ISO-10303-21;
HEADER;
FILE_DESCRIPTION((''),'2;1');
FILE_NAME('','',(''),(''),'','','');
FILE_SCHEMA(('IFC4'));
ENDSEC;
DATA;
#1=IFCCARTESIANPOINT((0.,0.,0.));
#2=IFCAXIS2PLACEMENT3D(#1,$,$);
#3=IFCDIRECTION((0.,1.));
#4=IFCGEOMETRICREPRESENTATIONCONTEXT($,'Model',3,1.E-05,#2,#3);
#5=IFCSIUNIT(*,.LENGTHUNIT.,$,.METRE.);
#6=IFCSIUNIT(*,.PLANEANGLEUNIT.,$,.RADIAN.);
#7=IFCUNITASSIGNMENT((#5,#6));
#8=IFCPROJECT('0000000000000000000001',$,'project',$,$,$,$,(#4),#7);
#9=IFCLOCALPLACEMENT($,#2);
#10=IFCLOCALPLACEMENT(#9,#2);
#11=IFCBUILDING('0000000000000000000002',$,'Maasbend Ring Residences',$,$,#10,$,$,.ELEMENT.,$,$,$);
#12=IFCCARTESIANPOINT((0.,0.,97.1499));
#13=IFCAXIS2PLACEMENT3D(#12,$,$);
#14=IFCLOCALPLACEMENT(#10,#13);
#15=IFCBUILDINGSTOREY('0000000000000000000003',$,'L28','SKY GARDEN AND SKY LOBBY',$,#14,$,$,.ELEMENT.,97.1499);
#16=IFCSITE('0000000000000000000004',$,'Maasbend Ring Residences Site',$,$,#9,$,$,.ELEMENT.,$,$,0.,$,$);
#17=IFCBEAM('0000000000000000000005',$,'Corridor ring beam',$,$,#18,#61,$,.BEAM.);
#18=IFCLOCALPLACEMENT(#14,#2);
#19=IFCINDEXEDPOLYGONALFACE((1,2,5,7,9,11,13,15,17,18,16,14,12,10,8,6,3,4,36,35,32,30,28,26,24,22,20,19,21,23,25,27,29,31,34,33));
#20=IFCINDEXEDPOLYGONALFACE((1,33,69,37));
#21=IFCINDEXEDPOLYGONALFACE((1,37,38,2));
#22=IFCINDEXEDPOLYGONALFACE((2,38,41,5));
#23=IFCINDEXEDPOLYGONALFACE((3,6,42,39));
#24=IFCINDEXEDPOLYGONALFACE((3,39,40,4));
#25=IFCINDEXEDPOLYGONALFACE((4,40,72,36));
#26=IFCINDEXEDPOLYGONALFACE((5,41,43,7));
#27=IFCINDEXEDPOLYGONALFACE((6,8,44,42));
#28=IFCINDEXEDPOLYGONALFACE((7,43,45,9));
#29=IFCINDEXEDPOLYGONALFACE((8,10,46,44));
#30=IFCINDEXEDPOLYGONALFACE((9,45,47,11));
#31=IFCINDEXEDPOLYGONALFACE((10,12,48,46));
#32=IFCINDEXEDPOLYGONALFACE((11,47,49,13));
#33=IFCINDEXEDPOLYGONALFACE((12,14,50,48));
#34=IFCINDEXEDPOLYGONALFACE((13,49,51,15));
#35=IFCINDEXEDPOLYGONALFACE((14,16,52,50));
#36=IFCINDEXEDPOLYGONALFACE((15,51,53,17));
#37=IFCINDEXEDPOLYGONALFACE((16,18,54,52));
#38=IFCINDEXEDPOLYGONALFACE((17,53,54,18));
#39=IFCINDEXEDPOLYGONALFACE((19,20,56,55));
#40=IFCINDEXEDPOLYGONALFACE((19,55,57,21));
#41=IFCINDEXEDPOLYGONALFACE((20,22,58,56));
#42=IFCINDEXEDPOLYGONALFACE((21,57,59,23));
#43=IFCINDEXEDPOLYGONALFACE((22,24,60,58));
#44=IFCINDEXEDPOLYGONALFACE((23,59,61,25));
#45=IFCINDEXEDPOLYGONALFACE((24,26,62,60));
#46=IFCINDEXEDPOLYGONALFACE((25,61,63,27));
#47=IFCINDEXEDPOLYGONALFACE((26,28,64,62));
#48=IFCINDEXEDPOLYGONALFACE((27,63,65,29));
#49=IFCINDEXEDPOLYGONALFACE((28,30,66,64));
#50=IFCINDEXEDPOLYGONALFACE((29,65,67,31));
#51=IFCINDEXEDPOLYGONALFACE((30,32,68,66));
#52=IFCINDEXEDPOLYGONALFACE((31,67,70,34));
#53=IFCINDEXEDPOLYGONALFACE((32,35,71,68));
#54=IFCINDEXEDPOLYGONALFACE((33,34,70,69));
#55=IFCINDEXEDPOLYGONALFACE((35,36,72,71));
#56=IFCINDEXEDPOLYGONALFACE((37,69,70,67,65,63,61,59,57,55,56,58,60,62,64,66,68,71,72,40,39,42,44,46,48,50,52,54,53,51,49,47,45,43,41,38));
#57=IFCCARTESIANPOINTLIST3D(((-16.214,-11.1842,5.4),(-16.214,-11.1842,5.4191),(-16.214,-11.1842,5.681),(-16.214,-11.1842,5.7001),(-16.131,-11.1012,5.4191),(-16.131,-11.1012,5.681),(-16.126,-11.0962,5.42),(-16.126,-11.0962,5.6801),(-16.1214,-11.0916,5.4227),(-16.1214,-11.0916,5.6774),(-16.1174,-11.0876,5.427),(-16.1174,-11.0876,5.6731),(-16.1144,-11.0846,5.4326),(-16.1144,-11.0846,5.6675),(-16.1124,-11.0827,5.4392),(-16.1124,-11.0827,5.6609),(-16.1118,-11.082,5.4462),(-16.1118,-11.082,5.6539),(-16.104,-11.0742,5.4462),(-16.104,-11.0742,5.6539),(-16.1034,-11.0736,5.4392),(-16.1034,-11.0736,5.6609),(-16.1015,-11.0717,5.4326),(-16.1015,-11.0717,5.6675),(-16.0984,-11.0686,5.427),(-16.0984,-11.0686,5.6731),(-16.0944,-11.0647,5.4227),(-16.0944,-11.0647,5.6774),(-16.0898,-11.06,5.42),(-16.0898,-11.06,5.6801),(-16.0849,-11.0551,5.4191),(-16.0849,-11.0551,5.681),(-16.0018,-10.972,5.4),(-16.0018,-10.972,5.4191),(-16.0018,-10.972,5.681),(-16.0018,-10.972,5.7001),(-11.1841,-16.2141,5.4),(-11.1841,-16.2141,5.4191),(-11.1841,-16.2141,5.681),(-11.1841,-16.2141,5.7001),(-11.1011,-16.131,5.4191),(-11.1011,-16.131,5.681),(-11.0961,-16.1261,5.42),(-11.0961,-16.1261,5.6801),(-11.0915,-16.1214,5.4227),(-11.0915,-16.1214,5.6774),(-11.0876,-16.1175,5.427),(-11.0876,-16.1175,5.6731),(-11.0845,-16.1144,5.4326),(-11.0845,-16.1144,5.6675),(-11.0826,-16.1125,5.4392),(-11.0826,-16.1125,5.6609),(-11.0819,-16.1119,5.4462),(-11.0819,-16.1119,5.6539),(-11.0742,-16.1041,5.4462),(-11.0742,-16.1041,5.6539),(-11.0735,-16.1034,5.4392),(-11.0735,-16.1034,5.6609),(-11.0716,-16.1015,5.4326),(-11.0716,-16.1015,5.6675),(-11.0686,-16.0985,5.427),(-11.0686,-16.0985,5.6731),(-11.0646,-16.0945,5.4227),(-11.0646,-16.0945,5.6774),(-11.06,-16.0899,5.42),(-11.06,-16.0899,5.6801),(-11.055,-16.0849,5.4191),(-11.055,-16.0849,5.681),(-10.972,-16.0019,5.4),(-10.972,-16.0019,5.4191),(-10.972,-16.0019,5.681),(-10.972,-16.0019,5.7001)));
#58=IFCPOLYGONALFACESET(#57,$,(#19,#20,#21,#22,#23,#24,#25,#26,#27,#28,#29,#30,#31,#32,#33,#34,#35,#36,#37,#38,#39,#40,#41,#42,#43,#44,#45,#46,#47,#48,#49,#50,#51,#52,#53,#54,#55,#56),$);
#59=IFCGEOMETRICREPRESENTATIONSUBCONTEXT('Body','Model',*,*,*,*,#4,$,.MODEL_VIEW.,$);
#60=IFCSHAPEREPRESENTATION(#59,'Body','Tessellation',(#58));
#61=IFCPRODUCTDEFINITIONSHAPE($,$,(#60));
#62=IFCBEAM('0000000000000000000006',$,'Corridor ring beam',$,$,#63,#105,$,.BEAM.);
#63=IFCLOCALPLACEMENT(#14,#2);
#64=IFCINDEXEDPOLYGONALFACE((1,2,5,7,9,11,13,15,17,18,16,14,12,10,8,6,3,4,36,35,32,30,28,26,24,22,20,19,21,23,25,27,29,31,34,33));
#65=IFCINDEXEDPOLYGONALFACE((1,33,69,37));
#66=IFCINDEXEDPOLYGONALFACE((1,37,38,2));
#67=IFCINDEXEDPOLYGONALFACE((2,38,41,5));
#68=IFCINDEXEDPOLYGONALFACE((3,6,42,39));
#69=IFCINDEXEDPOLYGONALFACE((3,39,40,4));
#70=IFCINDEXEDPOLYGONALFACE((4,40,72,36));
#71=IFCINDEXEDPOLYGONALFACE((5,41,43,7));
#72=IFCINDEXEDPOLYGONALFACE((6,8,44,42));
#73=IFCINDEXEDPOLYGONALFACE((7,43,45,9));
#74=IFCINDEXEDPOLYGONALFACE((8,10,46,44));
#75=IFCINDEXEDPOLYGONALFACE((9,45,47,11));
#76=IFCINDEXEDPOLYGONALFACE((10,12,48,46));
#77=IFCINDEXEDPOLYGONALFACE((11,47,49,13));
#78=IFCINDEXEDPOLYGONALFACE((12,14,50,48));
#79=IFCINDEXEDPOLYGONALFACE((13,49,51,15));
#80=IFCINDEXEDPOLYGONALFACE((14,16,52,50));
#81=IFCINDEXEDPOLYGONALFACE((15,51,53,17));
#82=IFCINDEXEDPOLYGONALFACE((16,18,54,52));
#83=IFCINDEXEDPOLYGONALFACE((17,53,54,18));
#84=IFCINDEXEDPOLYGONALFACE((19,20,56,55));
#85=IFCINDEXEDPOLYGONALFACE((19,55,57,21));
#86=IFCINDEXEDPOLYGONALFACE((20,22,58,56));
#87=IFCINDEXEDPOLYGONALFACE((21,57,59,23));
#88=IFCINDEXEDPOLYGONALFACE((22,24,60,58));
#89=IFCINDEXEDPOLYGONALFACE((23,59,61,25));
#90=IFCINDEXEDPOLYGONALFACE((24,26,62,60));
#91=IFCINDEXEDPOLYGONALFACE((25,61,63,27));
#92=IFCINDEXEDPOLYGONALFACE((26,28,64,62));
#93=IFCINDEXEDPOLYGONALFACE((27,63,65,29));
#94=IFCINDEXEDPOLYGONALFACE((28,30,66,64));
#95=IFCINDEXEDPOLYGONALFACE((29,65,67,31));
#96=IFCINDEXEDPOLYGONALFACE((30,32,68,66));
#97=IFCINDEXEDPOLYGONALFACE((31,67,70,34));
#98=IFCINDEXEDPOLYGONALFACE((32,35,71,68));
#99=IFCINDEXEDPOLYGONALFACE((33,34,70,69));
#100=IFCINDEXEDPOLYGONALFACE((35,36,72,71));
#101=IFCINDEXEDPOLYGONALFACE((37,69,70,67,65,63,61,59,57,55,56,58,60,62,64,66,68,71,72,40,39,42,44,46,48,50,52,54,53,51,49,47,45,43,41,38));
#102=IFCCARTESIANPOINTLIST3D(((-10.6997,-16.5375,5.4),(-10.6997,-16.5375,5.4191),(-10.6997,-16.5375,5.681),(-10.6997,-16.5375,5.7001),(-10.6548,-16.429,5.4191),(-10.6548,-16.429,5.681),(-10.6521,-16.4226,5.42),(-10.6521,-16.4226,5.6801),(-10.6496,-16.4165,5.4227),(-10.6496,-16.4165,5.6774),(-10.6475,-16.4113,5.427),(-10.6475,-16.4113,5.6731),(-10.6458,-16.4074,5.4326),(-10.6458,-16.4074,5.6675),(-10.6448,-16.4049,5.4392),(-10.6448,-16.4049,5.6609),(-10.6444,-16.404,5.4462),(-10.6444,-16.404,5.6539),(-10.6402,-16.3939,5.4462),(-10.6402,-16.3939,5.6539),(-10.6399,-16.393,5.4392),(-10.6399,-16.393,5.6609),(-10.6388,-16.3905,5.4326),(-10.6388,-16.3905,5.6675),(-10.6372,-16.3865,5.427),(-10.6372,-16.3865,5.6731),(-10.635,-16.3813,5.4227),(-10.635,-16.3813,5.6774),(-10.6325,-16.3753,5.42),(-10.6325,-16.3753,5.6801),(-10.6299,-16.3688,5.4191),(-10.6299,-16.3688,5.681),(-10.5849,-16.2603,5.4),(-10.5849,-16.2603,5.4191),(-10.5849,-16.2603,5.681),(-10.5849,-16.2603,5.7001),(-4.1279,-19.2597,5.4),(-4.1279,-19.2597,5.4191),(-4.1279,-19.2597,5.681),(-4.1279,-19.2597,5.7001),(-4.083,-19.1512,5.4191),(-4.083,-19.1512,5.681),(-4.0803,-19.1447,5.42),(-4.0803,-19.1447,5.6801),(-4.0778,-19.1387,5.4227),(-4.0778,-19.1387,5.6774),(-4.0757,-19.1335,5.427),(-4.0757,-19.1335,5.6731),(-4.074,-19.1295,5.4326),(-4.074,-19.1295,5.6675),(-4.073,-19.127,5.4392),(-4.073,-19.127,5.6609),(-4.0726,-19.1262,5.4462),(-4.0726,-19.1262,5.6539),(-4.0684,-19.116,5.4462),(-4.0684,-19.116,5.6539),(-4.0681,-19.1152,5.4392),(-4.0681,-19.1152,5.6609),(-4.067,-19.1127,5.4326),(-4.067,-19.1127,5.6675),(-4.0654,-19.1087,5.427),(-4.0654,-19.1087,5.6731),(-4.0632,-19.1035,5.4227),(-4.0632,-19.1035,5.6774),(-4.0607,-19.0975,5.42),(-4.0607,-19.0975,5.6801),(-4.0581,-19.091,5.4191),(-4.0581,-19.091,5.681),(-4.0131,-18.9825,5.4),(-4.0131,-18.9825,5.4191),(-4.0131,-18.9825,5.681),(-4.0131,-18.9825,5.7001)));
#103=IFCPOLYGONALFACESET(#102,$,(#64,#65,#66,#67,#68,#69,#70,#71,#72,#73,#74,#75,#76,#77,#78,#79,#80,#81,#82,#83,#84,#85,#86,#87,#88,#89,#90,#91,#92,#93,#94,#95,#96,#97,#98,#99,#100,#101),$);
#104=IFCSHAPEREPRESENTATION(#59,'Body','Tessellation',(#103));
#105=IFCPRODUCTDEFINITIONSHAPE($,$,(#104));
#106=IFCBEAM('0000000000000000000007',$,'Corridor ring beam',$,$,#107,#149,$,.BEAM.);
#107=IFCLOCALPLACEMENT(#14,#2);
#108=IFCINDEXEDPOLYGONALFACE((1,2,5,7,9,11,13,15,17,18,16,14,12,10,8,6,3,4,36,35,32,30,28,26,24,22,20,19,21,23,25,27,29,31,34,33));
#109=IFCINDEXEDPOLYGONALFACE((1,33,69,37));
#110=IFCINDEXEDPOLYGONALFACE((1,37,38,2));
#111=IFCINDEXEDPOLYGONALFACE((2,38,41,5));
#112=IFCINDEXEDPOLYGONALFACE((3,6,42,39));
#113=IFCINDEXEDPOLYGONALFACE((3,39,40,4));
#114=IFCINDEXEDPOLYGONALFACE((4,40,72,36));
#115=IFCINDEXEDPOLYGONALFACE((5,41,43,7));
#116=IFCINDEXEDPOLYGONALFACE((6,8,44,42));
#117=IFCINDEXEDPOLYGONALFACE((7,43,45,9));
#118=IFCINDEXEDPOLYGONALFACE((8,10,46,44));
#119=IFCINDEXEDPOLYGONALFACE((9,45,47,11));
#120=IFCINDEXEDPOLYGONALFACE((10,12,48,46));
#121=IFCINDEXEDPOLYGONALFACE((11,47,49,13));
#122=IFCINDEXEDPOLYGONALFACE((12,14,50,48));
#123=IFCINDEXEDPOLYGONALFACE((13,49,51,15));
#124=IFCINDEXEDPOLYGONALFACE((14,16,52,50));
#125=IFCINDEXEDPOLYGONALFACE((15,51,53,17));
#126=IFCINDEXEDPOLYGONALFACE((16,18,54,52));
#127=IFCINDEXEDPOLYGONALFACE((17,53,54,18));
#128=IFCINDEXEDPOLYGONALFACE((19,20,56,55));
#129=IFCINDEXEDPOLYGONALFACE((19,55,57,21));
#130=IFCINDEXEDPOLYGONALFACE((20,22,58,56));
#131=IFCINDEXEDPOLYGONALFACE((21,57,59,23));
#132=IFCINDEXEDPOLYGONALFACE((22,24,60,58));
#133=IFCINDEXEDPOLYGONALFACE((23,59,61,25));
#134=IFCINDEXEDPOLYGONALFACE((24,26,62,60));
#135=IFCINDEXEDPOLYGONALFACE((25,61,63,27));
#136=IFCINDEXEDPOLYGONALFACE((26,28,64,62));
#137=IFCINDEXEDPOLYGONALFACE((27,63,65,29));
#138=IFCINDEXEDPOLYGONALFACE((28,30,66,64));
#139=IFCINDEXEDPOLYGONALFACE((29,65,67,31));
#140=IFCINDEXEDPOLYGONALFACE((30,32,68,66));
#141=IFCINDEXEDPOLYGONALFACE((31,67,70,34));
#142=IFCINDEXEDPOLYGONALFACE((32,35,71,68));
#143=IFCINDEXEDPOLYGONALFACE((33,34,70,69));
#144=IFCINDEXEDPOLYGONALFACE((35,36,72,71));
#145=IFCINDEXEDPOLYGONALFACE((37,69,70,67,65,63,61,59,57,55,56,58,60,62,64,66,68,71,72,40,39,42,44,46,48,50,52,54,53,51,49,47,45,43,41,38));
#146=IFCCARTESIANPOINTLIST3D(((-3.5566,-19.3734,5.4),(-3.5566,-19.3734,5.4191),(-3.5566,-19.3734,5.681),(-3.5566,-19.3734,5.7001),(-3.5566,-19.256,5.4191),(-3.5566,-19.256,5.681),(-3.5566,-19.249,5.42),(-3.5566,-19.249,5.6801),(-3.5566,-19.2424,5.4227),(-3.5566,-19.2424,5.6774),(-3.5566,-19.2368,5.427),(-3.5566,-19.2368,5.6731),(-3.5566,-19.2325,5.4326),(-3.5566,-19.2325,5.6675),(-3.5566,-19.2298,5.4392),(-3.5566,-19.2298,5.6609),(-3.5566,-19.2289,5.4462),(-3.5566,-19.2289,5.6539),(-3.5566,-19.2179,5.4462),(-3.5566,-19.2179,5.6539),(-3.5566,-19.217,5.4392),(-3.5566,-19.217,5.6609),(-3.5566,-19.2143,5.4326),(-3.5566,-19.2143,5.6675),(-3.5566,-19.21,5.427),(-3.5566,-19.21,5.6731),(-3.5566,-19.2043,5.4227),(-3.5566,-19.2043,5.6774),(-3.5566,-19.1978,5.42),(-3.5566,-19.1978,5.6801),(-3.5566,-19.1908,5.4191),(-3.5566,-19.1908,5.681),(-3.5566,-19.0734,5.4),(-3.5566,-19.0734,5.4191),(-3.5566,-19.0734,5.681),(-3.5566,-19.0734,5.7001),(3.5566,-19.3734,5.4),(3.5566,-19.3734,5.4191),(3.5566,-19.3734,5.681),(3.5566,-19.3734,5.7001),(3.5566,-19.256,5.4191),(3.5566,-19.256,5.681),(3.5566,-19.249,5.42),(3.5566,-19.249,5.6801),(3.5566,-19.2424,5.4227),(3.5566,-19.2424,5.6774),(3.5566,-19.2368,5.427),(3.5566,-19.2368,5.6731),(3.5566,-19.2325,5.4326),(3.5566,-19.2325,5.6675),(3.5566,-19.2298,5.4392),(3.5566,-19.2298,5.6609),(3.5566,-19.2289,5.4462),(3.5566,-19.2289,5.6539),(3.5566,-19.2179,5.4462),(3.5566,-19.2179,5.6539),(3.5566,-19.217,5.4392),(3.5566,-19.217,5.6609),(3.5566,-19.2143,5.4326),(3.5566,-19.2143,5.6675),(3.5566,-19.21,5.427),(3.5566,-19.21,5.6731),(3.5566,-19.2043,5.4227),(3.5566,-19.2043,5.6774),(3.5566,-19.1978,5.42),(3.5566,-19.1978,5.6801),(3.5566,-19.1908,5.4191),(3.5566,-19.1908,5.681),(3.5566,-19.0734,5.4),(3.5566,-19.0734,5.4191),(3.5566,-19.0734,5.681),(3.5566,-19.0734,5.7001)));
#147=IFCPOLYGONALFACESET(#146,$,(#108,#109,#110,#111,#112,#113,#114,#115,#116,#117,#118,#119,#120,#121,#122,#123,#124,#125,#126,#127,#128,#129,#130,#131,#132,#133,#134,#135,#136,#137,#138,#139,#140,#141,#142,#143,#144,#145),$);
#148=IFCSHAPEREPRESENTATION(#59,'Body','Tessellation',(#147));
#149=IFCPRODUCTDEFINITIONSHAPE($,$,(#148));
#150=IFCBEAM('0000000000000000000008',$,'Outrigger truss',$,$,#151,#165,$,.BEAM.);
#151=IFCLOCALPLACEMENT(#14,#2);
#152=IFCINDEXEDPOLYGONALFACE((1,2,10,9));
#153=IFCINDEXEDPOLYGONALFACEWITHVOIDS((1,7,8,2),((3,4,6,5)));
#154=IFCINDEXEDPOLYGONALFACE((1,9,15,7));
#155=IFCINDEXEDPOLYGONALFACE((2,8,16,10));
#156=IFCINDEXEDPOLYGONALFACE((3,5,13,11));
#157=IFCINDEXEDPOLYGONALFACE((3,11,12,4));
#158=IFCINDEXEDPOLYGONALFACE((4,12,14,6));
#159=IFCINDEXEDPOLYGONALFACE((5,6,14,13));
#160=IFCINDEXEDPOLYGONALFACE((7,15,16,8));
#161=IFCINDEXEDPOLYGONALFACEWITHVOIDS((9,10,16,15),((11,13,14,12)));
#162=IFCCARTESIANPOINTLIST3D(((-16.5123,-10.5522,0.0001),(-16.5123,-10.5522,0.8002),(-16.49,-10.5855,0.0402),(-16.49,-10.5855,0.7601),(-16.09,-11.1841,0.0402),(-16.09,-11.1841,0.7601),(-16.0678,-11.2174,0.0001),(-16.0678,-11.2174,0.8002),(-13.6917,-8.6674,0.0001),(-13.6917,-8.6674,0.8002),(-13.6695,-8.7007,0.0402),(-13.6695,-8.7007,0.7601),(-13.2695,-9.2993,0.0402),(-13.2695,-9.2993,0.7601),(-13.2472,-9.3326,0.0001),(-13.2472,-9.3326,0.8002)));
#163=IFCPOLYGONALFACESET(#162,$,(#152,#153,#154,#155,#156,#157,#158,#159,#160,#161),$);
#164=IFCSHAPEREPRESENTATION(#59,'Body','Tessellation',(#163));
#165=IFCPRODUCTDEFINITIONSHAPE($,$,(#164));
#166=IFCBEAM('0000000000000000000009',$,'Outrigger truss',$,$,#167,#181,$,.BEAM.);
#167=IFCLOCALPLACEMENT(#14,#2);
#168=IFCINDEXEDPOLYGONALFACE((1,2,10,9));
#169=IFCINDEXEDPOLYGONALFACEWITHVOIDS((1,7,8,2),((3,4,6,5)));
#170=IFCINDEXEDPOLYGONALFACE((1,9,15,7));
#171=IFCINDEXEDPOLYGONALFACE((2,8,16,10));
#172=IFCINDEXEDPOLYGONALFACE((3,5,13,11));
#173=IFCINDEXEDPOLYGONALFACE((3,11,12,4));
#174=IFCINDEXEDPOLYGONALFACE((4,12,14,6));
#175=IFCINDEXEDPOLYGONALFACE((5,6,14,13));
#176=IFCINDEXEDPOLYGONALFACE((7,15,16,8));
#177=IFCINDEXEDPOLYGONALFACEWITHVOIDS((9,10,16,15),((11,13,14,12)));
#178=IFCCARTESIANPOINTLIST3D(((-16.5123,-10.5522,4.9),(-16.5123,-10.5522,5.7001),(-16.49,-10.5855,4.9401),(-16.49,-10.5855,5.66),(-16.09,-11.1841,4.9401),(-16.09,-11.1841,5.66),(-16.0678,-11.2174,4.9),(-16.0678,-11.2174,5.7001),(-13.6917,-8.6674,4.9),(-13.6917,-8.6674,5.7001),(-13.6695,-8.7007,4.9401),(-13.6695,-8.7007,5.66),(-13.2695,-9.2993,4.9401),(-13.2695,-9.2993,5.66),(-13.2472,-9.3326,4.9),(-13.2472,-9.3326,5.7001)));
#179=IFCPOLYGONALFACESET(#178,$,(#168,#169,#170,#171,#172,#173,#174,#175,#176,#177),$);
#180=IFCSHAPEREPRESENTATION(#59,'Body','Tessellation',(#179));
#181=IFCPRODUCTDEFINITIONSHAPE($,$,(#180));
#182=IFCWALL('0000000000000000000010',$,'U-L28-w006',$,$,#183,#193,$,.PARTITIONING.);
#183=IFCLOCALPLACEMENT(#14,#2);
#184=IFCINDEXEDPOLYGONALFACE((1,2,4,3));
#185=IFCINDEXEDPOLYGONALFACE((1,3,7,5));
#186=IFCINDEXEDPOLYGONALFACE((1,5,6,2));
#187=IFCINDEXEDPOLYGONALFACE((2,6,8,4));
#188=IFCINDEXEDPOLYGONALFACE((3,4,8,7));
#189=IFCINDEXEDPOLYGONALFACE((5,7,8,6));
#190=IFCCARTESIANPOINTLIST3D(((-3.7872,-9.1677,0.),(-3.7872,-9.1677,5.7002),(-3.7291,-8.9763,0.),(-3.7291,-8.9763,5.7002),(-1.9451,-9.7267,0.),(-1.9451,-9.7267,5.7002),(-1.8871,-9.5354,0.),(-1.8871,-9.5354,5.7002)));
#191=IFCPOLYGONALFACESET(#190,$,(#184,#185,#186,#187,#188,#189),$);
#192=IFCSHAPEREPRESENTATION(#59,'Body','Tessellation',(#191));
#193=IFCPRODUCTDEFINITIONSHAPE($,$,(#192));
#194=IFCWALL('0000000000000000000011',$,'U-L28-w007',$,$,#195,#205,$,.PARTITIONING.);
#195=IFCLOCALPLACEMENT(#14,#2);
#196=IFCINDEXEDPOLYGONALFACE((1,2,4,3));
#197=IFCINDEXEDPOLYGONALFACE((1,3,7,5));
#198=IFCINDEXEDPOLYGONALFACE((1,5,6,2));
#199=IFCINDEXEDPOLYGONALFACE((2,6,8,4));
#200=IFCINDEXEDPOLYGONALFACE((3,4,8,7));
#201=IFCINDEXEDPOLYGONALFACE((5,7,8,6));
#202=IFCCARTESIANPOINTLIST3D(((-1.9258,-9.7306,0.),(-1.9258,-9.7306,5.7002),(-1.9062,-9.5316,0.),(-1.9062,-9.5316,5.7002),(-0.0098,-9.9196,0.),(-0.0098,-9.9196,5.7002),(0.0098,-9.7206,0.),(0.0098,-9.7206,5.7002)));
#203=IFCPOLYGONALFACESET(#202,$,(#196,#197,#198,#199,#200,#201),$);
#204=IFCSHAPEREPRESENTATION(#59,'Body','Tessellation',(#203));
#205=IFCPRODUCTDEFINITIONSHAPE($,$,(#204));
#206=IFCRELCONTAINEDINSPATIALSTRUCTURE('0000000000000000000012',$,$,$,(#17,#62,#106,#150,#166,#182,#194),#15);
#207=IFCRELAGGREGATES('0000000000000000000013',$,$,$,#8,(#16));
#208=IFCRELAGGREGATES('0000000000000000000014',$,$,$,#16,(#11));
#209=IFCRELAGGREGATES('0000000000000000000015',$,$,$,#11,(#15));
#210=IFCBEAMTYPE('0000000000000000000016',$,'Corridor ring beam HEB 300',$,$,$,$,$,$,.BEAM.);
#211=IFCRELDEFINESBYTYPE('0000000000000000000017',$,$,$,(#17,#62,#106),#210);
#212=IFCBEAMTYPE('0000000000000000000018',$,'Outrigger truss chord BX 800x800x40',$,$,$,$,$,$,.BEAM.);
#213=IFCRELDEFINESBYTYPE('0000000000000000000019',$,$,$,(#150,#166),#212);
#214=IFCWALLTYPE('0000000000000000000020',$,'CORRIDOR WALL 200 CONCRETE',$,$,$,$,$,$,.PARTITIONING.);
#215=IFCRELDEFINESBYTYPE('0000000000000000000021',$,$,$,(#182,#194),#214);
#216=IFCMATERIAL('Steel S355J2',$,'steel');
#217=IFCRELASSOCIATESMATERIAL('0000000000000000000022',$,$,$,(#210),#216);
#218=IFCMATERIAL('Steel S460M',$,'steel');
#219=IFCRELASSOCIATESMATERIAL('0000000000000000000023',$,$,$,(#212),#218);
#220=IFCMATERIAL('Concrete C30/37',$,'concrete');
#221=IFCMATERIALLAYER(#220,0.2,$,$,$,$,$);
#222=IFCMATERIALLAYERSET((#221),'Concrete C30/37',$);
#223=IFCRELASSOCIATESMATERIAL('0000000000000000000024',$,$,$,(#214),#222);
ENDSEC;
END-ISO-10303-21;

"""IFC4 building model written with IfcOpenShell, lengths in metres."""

from ifc_helpers import new_model, si_unit, direction, frame, frame_2d, origin, origin_2d, place, context, subcontext, project, spatial, rectangle, hollow_rectangle, i_section, extrude, material, layer, layer_set, material_profile, profile_set, type_object, element, save


model = new_model("IFC4")

# Units and contexts
model_context = context("Model", 3, precision=1e-05, world=origin(), true_north=direction((0.0, 1.0)))
body_context = subcontext(model_context, "Body", "Model", "MODEL_VIEW")
ifc_project = project(units=[si_unit("LENGTHUNIT", "METRE"), si_unit("PLANEANGLEUNIT", "RADIAN")], contexts=[model_context])

# Site, building, storey
site_placement = place(None, origin())
site = spatial("IfcSite", under=ifc_project, at=site_placement, Name="Maasbend Ring Residences Site", CompositionType="ELEMENT", RefElevation=0.0)
building_placement = place(site_placement, origin())
building = spatial("IfcBuilding", under=site, at=building_placement, Name="Maasbend Ring Residences", CompositionType="ELEMENT")
storey_placement = place(building_placement, frame((0.0, 0.0, 97.1499)))
storey = spatial("IfcBuildingStorey", under=building, at=storey_placement, Name="L28", Description="SKY GARDEN AND SKY LOBBY", CompositionType="ELEMENT", Elevation=97.1499)

# Beams
ifc_material_1 = material(Name="Steel S355J2", Category="steel")
ifc_material_profile_1 = material_profile(ifc_material_1, i_section(OverallWidth=0.3, OverallDepth=0.3, WebThickness=0.011, FlangeThickness=0.019, FilletRadius=0.0271, at=origin_2d()), Name="HEB 300")
ifc_profile_set_1 = profile_set([ifc_material_profile_1], Name="Steel S355J2")
beam_type_1 = type_object("IfcBeamType", Name="Corridor ring beam HEB 300", PredefinedType="BEAM", material=ifc_profile_set_1)
for number, where, z_axis, x_axis, name in (
    (1, (-16.1079, -11.0781, 5.55), (0.707107, -0.707107, 0.0), (0.707107, 0.707107, 0.0), "Corridor ring beam"),
    (2, (-10.6423, -16.3989, 5.55), (0.923877, -0.382689, 0.0), (0.382689, 0.923877, 0.0), "Corridor ring beam"),
    (3, (-3.5566, -19.2234, 5.55), (1.0, 0.0, 0.0), (0.0, 1.0, 0.0), "Corridor ring beam"),
):
    element("IfcBeam", number, at=place(storey_placement, frame(where, z_axis=z_axis, x_axis=x_axis)), inside=storey, type_object=beam_type_1, Name=name, PredefinedType="BEAM", context=body_context, shape_type="SweptSolid", body=[
        extrude(i_section(OverallWidth=0.3, OverallDepth=0.3, WebThickness=0.011, FlangeThickness=0.019, FilletRadius=0.0271, at=origin_2d()), origin(), (0.0, 0.0, 1.0), 7.1133),
    ])
ifc_material_2 = material(Name="Steel S460M", Category="steel")
ifc_material_profile_2 = material_profile(ifc_material_2, hollow_rectangle(XDim=0.8, YDim=0.8, WallThickness=0.04, at=origin_2d()), Name="Outrigger truss chord BX 800x800x40")
ifc_profile_set_2 = profile_set([ifc_material_profile_2], Name="Steel S460M")
beam_type_2 = type_object("IfcBeamType", Name="Outrigger truss chord BX 800x800x40", PredefinedType="BEAM", material=ifc_profile_set_2)
for number, where, z_axis, x_axis, name in (
    (4, (-16.29, -10.8848, 0.4001), (0.831452, 0.555597, 0.0), (-0.555597, 0.831452, 0.0), "Outrigger truss"),
    (5, (-16.29, -10.8848, 5.3), (0.831452, 0.555597, 0.0), (-0.555597, 0.831452, 0.0), "Outrigger truss"),
):
    element("IfcBeam", number, at=place(storey_placement, frame(where, z_axis=z_axis, x_axis=x_axis)), inside=storey, type_object=beam_type_2, Name=name, PredefinedType="BEAM", context=body_context, shape_type="SweptSolid", body=[
        extrude(hollow_rectangle(XDim=0.8, YDim=0.8, WallThickness=0.04, at=origin_2d()), origin(), (0.0, 0.0, 1.0), 3.3923),
    ])

# Walls
ifc_material_3 = material(Name="Concrete C30/37", Category="concrete")
ifc_layer = layer(ifc_material_3, 0.2)
ifc_layer_set = layer_set([ifc_layer], Name="Concrete C30/37")
wall_type = type_object("IfcWallType", Name="CORRIDOR WALL 200 CONCRETE", PredefinedType="PARTITIONING", material=ifc_layer_set)
wall_1_placement = place(storey_placement, frame((-3.7581, -9.072, 0.0), z_axis=(0.0, 0.0, 1.0), x_axis=(0.956896, -0.29043, 0.0)))
element("IfcWall", 6, at=wall_1_placement, inside=storey, type_object=wall_type, Name="U-L28-w006", PredefinedType="PARTITIONING", context=body_context, shape_type="SweptSolid", body=[
    extrude(rectangle(XDim=1.925, YDim=0.2, at=frame_2d((0.9624, 0.0))), origin(), (0.0, 0.0, 1.0), 5.7002),
])
wall_2_placement = place(storey_placement, frame((-1.916, -9.6311, 0.0), z_axis=(0.0, 0.0, 1.0), x_axis=(0.995172, -0.098148, 0.0)))
element("IfcWall", 7, at=wall_2_placement, inside=storey, type_object=wall_type, Name="U-L28-w007", PredefinedType="PARTITIONING", context=body_context, shape_type="SweptSolid", body=[
    extrude(rectangle(XDim=1.9253, YDim=0.2, at=frame_2d((0.9626, 0.0))), origin(), (0.0, 0.0, 1.0), 5.7002),
])

save(model, "model.ifc")
